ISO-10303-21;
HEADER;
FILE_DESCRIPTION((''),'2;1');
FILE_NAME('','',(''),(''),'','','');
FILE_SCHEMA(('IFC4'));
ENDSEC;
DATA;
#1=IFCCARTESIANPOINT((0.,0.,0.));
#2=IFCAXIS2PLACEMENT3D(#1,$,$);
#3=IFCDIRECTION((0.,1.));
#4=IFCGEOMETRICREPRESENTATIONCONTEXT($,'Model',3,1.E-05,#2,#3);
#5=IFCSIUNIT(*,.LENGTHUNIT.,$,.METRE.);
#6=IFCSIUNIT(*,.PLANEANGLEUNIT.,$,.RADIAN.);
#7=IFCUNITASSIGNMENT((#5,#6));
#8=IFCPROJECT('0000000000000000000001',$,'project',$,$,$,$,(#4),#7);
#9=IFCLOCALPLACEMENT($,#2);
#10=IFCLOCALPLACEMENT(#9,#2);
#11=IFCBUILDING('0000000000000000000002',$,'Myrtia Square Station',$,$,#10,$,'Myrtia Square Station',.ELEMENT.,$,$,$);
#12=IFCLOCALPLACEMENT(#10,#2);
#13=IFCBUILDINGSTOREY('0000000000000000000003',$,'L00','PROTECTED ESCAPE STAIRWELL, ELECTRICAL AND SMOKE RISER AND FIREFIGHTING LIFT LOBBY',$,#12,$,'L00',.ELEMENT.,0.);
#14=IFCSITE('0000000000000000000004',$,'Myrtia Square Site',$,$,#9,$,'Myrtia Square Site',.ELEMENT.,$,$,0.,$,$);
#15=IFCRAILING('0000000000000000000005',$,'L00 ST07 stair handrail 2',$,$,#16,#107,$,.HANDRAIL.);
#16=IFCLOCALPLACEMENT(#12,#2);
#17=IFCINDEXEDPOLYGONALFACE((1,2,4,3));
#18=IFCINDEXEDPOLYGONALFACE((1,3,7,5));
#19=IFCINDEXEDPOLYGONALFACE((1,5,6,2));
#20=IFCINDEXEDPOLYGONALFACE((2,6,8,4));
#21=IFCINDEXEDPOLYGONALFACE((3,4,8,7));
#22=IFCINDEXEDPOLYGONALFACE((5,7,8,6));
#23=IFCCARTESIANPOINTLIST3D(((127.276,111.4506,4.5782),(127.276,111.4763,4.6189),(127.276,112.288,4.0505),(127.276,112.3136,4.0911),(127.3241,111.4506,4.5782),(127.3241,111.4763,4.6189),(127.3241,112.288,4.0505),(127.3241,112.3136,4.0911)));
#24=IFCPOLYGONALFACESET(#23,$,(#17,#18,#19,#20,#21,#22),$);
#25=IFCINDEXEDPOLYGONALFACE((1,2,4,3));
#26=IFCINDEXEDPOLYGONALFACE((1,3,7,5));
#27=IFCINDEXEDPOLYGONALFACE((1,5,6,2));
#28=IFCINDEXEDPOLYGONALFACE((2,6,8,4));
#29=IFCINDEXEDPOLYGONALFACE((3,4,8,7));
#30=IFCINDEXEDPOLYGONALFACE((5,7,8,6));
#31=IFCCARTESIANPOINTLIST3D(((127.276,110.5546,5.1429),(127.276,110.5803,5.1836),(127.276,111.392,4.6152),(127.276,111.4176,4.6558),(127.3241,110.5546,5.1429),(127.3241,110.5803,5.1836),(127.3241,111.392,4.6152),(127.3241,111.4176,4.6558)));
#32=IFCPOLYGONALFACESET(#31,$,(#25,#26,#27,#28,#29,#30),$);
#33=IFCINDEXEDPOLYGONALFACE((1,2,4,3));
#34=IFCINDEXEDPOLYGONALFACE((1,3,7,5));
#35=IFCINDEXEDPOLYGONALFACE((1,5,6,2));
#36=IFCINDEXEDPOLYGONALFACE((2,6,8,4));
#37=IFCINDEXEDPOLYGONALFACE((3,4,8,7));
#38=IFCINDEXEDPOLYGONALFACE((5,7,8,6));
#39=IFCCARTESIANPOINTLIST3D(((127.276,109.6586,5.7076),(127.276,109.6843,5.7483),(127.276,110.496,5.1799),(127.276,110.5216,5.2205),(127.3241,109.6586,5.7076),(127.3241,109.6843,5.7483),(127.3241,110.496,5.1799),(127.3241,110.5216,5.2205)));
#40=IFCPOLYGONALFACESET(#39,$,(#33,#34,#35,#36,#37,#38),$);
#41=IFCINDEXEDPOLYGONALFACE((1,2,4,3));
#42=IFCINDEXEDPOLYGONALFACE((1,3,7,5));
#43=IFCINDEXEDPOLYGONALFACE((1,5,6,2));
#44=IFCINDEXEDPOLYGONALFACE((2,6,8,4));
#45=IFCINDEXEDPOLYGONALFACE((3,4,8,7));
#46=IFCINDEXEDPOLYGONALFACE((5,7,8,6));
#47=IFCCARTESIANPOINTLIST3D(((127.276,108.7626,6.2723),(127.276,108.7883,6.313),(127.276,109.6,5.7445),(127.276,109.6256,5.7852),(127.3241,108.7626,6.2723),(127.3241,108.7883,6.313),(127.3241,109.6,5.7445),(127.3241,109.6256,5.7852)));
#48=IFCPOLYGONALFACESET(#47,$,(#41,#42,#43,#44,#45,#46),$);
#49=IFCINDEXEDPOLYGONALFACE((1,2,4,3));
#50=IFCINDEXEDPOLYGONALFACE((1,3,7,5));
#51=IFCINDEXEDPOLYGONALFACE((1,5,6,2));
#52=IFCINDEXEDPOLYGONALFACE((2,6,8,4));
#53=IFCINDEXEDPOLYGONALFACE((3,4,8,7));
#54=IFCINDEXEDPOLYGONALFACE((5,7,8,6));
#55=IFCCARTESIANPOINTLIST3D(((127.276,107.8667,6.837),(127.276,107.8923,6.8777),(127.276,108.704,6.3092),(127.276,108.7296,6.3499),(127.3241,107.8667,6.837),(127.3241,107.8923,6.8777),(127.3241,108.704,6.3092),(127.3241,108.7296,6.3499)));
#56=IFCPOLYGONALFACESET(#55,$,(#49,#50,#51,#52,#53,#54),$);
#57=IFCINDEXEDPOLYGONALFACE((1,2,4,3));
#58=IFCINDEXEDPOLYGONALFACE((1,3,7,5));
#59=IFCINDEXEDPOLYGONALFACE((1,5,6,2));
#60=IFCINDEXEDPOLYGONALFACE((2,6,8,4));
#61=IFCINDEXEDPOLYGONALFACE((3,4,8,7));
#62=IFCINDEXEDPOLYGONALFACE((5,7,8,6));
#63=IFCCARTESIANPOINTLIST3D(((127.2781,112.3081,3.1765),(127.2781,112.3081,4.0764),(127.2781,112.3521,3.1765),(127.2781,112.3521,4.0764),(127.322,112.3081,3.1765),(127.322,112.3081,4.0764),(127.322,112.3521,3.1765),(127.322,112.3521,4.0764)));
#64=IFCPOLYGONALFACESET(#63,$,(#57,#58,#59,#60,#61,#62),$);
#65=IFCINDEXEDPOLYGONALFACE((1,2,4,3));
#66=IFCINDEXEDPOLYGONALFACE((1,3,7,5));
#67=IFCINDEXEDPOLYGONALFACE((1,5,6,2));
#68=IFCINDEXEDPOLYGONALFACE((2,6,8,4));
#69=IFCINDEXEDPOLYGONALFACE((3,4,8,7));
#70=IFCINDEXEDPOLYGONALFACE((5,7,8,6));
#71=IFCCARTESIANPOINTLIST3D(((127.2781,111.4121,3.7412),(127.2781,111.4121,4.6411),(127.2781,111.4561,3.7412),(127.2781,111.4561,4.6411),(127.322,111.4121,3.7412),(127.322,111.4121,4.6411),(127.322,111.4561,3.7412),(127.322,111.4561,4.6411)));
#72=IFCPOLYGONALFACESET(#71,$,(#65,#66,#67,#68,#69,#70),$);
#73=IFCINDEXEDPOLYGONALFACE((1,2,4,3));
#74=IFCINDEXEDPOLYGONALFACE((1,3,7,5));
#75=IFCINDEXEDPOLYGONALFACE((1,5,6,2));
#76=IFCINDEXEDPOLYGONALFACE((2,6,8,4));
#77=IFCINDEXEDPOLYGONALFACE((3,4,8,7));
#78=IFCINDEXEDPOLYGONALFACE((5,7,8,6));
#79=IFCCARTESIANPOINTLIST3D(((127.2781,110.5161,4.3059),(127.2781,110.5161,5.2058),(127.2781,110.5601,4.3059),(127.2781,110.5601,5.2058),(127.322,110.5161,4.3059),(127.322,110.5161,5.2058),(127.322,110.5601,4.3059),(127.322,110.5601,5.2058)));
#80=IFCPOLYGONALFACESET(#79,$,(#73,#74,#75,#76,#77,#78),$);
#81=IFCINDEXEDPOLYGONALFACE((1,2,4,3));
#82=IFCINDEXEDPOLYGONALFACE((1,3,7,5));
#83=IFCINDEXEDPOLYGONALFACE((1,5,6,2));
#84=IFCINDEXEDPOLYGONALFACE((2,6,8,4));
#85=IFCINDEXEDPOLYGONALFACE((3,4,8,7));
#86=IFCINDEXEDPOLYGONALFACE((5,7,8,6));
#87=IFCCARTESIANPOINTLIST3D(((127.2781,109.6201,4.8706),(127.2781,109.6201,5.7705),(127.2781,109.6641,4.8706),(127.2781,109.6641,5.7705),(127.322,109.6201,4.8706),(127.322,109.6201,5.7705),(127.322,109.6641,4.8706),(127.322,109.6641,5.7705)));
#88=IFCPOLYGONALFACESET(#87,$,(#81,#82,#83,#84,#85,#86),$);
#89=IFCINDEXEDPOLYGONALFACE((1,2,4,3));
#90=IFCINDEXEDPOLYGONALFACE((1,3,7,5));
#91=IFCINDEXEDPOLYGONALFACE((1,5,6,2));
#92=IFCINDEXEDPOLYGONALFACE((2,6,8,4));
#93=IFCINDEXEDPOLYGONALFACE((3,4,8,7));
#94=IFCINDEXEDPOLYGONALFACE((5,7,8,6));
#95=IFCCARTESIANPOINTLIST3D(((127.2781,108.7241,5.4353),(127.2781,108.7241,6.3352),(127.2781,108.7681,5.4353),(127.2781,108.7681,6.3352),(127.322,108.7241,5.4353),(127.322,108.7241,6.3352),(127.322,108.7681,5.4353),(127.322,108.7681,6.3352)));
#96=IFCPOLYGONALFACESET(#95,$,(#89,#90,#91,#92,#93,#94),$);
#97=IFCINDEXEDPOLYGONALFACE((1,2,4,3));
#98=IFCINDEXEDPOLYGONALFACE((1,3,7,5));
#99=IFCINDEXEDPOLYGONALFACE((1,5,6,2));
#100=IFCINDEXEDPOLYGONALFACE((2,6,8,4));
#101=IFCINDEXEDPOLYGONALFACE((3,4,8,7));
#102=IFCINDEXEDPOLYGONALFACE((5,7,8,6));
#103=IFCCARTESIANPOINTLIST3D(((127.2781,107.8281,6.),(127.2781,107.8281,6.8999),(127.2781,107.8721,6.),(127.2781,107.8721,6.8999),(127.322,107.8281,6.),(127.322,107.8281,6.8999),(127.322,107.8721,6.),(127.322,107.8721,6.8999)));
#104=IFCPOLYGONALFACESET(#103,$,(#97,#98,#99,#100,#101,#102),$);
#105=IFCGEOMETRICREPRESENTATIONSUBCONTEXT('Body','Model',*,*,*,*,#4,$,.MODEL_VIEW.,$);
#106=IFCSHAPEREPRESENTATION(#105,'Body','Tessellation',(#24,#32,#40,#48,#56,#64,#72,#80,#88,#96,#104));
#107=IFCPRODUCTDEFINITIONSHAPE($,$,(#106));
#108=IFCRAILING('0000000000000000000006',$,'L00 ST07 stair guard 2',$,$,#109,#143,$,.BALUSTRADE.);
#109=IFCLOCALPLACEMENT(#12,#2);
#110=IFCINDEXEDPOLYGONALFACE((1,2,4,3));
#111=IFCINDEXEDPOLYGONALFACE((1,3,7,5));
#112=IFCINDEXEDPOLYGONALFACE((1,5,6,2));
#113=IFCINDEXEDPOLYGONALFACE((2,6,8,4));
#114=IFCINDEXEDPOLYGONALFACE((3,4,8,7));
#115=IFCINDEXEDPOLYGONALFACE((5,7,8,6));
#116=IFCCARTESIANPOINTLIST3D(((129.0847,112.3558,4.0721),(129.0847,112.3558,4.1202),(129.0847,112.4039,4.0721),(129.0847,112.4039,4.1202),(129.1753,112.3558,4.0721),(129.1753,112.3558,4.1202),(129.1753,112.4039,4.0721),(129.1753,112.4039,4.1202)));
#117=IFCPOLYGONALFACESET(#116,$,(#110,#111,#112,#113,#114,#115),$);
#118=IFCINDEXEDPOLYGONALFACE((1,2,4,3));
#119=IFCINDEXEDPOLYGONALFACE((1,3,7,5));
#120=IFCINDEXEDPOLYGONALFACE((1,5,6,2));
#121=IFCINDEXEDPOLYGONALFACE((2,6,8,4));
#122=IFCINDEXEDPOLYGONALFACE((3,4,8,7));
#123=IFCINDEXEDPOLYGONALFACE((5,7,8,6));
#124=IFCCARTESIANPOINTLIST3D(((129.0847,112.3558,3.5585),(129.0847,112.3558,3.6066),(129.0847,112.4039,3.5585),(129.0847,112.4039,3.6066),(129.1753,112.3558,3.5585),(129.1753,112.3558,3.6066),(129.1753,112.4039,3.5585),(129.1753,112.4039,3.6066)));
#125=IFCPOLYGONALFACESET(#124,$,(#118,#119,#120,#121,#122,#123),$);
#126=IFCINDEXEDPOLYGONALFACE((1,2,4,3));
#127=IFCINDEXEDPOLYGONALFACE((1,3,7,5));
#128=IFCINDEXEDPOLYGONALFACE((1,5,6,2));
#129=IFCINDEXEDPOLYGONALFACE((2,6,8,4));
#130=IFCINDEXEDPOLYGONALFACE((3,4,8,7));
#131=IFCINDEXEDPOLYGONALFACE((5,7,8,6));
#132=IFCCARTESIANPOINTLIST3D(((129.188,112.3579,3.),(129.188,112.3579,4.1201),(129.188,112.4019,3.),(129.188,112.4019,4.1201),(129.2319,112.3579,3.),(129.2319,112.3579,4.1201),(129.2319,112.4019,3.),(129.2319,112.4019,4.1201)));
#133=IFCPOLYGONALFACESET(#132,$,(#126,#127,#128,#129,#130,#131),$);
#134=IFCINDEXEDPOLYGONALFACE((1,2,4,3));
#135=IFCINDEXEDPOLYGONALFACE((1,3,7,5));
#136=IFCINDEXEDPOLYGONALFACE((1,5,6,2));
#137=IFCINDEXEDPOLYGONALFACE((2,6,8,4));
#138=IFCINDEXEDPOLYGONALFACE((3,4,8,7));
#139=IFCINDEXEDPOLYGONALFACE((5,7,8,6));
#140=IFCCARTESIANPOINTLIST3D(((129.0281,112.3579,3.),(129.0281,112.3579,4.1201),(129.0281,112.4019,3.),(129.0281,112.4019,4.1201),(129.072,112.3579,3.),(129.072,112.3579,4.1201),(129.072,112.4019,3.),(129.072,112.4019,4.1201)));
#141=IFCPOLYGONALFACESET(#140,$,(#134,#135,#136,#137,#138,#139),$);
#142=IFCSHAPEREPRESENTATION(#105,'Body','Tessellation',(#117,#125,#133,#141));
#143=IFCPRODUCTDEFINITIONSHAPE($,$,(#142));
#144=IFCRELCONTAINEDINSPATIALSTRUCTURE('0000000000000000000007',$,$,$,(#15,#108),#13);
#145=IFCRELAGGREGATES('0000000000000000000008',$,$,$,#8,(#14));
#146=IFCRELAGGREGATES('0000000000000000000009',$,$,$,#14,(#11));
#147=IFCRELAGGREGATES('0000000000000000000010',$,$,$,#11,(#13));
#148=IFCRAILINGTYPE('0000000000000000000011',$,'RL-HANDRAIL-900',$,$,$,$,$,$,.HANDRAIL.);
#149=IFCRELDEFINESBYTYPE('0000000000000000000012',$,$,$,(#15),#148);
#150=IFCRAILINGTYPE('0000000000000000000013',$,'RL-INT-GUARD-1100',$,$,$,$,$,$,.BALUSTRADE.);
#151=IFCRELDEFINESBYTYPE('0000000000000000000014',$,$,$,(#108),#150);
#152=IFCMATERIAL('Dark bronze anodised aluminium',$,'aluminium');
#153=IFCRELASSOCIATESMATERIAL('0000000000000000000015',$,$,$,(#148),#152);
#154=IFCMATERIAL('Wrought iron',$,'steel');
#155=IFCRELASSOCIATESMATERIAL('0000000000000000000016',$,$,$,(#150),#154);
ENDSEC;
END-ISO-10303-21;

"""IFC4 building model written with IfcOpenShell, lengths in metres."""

from ifc_helpers import new_model, si_unit, direction, frame, origin, origin_2d, place, context, subcontext, project, spatial, rectangle, extrude, material, type_object, element, save


model = new_model("IFC4")

# Units and contexts
model_context = context("Model", 3, precision=1e-05, world=origin(), true_north=direction((0.0, 1.0)))
body_context = subcontext(model_context, "Body", "Model", "MODEL_VIEW")
ifc_project = project(units=[si_unit("LENGTHUNIT", "METRE"), si_unit("PLANEANGLEUNIT", "RADIAN")], contexts=[model_context])

# Site, building, storey
site_placement = place(None, origin())
site = spatial("IfcSite", under=ifc_project, at=site_placement, Name="Myrtia Square Site", LongName="Myrtia Square Site", CompositionType="ELEMENT", RefElevation=0.0)
building_placement = place(site_placement, origin())
building = spatial("IfcBuilding", under=site, at=building_placement, Name="Myrtia Square Station", LongName="Myrtia Square Station", CompositionType="ELEMENT")
storey_placement = place(building_placement, origin())
storey = spatial("IfcBuildingStorey", under=building, at=storey_placement, Name="L00", Description="PROTECTED ESCAPE STAIRWELL, ELECTRICAL AND SMOKE RISER AND FIREFIGHTING LIFT LOBBY", LongName="L00", CompositionType="ELEMENT", Elevation=0.0)

# Shared definitions
ifc_material_1 = material(Name="Dark bronze anodised aluminium", Category="aluminium")

# Railings
railing_type_1 = type_object("IfcRailingType", Name="RL-HANDRAIL-900", PredefinedType="HANDRAIL", material=ifc_material_1)
railing_1_placement = place(storey_placement, frame((127.3, 112.3301, 3.1765)))
element("IfcRailing", 1, at=railing_1_placement, inside=storey, type_object=railing_type_1, Name="L00 ST07 stair handrail 2", PredefinedType="HANDRAIL", context=body_context, shape_type="SweptSolid", body=[
    extrude(rectangle(XDim=0.0481, YDim=0.0481, at=origin_2d()), frame((0.0, -0.0293, 0.8943), z_axis=(0.0, -0.845998, 0.533186), x_axis=(1.0, 0.0, 0.0)), (0.0, 0.0, 1.0), 0.9897),
    extrude(rectangle(XDim=0.0481, YDim=0.0481, at=origin_2d()), frame((0.0, -0.9253, 1.459), z_axis=(0.0, -0.845998, 0.533186), x_axis=(1.0, 0.0, 0.0)), (0.0, 0.0, 1.0), 0.9897),
    extrude(rectangle(XDim=0.0481, YDim=0.0481, at=origin_2d()), frame((0.0, -1.8213, 2.0237), z_axis=(0.0, -0.845998, 0.533186), x_axis=(1.0, 0.0, 0.0)), (0.0, 0.0, 1.0), 0.9897),
    extrude(rectangle(XDim=0.0481, YDim=0.0481, at=origin_2d()), frame((0.0, -2.7173, 2.5884), z_axis=(0.0, -0.845998, 0.533186), x_axis=(1.0, 0.0, 0.0)), (0.0, 0.0, 1.0), 0.9897),
    extrude(rectangle(XDim=0.0481, YDim=0.0481, at=origin_2d()), frame((0.0, -3.6133, 3.1531), z_axis=(0.0, -0.845998, 0.533186), x_axis=(1.0, 0.0, 0.0)), (0.0, 0.0, 1.0), 0.9897),
    extrude(rectangle(XDim=0.0439, YDim=0.0439, at=origin_2d()), origin(), (0.0, 0.0, 1.0), 0.8999),
    extrude(rectangle(XDim=0.0439, YDim=0.0439, at=origin_2d()), frame((0.0, -0.896, 0.5647)), (0.0, 0.0, 1.0), 0.8999),
    extrude(rectangle(XDim=0.0439, YDim=0.0439, at=origin_2d()), frame((0.0, -1.792, 1.1294)), (0.0, 0.0, 1.0), 0.8999),
    extrude(rectangle(XDim=0.0439, YDim=0.0439, at=origin_2d()), frame((0.0, -2.688, 1.6941)), (0.0, 0.0, 1.0), 0.8999),
    extrude(rectangle(XDim=0.0439, YDim=0.0439, at=origin_2d()), frame((0.0, -3.584, 2.2588)), (0.0, 0.0, 1.0), 0.8999),
    extrude(rectangle(XDim=0.0439, YDim=0.0439, at=origin_2d()), frame((0.0, -4.48, 2.8235)), (0.0, 0.0, 1.0), 0.8999),
])
ifc_material_2 = material(Name="Wrought iron", Category="steel")
railing_type_2 = type_object("IfcRailingType", Name="RL-INT-GUARD-1100", PredefinedType="BALUSTRADE", material=ifc_material_2)
railing_2_placement = place(storey_placement, frame((129.21, 112.3799, 3.0)))
element("IfcRailing", 2, at=railing_2_placement, inside=storey, type_object=railing_type_2, Name="L00 ST07 stair guard 2", PredefinedType="BALUSTRADE", context=body_context, shape_type="SweptSolid", body=[
    extrude(rectangle(XDim=0.0481, YDim=0.0481, at=origin_2d()), frame((-0.0347, 0.0, 1.0962), z_axis=(-1.0, 0.0, 0.0), x_axis=(0.0, -1.0, 0.0)), (0.0, 0.0, 1.0), 0.0906),
    extrude(rectangle(XDim=0.0481, YDim=0.0481, at=origin_2d()), frame((-0.0347, 0.0, 0.5825), z_axis=(-1.0, 0.0, 0.0), x_axis=(0.0, -1.0, 0.0)), (0.0, 0.0, 1.0), 0.0906),
    extrude(rectangle(XDim=0.0439, YDim=0.0439, at=origin_2d()), origin(), (0.0, 0.0, 1.0), 1.1201),
    extrude(rectangle(XDim=0.0439, YDim=0.0439, at=origin_2d()), frame((-0.1599, 0.0, 0.0)), (0.0, 0.0, 1.0), 1.1201),
])

save(model, "model.ifc")
